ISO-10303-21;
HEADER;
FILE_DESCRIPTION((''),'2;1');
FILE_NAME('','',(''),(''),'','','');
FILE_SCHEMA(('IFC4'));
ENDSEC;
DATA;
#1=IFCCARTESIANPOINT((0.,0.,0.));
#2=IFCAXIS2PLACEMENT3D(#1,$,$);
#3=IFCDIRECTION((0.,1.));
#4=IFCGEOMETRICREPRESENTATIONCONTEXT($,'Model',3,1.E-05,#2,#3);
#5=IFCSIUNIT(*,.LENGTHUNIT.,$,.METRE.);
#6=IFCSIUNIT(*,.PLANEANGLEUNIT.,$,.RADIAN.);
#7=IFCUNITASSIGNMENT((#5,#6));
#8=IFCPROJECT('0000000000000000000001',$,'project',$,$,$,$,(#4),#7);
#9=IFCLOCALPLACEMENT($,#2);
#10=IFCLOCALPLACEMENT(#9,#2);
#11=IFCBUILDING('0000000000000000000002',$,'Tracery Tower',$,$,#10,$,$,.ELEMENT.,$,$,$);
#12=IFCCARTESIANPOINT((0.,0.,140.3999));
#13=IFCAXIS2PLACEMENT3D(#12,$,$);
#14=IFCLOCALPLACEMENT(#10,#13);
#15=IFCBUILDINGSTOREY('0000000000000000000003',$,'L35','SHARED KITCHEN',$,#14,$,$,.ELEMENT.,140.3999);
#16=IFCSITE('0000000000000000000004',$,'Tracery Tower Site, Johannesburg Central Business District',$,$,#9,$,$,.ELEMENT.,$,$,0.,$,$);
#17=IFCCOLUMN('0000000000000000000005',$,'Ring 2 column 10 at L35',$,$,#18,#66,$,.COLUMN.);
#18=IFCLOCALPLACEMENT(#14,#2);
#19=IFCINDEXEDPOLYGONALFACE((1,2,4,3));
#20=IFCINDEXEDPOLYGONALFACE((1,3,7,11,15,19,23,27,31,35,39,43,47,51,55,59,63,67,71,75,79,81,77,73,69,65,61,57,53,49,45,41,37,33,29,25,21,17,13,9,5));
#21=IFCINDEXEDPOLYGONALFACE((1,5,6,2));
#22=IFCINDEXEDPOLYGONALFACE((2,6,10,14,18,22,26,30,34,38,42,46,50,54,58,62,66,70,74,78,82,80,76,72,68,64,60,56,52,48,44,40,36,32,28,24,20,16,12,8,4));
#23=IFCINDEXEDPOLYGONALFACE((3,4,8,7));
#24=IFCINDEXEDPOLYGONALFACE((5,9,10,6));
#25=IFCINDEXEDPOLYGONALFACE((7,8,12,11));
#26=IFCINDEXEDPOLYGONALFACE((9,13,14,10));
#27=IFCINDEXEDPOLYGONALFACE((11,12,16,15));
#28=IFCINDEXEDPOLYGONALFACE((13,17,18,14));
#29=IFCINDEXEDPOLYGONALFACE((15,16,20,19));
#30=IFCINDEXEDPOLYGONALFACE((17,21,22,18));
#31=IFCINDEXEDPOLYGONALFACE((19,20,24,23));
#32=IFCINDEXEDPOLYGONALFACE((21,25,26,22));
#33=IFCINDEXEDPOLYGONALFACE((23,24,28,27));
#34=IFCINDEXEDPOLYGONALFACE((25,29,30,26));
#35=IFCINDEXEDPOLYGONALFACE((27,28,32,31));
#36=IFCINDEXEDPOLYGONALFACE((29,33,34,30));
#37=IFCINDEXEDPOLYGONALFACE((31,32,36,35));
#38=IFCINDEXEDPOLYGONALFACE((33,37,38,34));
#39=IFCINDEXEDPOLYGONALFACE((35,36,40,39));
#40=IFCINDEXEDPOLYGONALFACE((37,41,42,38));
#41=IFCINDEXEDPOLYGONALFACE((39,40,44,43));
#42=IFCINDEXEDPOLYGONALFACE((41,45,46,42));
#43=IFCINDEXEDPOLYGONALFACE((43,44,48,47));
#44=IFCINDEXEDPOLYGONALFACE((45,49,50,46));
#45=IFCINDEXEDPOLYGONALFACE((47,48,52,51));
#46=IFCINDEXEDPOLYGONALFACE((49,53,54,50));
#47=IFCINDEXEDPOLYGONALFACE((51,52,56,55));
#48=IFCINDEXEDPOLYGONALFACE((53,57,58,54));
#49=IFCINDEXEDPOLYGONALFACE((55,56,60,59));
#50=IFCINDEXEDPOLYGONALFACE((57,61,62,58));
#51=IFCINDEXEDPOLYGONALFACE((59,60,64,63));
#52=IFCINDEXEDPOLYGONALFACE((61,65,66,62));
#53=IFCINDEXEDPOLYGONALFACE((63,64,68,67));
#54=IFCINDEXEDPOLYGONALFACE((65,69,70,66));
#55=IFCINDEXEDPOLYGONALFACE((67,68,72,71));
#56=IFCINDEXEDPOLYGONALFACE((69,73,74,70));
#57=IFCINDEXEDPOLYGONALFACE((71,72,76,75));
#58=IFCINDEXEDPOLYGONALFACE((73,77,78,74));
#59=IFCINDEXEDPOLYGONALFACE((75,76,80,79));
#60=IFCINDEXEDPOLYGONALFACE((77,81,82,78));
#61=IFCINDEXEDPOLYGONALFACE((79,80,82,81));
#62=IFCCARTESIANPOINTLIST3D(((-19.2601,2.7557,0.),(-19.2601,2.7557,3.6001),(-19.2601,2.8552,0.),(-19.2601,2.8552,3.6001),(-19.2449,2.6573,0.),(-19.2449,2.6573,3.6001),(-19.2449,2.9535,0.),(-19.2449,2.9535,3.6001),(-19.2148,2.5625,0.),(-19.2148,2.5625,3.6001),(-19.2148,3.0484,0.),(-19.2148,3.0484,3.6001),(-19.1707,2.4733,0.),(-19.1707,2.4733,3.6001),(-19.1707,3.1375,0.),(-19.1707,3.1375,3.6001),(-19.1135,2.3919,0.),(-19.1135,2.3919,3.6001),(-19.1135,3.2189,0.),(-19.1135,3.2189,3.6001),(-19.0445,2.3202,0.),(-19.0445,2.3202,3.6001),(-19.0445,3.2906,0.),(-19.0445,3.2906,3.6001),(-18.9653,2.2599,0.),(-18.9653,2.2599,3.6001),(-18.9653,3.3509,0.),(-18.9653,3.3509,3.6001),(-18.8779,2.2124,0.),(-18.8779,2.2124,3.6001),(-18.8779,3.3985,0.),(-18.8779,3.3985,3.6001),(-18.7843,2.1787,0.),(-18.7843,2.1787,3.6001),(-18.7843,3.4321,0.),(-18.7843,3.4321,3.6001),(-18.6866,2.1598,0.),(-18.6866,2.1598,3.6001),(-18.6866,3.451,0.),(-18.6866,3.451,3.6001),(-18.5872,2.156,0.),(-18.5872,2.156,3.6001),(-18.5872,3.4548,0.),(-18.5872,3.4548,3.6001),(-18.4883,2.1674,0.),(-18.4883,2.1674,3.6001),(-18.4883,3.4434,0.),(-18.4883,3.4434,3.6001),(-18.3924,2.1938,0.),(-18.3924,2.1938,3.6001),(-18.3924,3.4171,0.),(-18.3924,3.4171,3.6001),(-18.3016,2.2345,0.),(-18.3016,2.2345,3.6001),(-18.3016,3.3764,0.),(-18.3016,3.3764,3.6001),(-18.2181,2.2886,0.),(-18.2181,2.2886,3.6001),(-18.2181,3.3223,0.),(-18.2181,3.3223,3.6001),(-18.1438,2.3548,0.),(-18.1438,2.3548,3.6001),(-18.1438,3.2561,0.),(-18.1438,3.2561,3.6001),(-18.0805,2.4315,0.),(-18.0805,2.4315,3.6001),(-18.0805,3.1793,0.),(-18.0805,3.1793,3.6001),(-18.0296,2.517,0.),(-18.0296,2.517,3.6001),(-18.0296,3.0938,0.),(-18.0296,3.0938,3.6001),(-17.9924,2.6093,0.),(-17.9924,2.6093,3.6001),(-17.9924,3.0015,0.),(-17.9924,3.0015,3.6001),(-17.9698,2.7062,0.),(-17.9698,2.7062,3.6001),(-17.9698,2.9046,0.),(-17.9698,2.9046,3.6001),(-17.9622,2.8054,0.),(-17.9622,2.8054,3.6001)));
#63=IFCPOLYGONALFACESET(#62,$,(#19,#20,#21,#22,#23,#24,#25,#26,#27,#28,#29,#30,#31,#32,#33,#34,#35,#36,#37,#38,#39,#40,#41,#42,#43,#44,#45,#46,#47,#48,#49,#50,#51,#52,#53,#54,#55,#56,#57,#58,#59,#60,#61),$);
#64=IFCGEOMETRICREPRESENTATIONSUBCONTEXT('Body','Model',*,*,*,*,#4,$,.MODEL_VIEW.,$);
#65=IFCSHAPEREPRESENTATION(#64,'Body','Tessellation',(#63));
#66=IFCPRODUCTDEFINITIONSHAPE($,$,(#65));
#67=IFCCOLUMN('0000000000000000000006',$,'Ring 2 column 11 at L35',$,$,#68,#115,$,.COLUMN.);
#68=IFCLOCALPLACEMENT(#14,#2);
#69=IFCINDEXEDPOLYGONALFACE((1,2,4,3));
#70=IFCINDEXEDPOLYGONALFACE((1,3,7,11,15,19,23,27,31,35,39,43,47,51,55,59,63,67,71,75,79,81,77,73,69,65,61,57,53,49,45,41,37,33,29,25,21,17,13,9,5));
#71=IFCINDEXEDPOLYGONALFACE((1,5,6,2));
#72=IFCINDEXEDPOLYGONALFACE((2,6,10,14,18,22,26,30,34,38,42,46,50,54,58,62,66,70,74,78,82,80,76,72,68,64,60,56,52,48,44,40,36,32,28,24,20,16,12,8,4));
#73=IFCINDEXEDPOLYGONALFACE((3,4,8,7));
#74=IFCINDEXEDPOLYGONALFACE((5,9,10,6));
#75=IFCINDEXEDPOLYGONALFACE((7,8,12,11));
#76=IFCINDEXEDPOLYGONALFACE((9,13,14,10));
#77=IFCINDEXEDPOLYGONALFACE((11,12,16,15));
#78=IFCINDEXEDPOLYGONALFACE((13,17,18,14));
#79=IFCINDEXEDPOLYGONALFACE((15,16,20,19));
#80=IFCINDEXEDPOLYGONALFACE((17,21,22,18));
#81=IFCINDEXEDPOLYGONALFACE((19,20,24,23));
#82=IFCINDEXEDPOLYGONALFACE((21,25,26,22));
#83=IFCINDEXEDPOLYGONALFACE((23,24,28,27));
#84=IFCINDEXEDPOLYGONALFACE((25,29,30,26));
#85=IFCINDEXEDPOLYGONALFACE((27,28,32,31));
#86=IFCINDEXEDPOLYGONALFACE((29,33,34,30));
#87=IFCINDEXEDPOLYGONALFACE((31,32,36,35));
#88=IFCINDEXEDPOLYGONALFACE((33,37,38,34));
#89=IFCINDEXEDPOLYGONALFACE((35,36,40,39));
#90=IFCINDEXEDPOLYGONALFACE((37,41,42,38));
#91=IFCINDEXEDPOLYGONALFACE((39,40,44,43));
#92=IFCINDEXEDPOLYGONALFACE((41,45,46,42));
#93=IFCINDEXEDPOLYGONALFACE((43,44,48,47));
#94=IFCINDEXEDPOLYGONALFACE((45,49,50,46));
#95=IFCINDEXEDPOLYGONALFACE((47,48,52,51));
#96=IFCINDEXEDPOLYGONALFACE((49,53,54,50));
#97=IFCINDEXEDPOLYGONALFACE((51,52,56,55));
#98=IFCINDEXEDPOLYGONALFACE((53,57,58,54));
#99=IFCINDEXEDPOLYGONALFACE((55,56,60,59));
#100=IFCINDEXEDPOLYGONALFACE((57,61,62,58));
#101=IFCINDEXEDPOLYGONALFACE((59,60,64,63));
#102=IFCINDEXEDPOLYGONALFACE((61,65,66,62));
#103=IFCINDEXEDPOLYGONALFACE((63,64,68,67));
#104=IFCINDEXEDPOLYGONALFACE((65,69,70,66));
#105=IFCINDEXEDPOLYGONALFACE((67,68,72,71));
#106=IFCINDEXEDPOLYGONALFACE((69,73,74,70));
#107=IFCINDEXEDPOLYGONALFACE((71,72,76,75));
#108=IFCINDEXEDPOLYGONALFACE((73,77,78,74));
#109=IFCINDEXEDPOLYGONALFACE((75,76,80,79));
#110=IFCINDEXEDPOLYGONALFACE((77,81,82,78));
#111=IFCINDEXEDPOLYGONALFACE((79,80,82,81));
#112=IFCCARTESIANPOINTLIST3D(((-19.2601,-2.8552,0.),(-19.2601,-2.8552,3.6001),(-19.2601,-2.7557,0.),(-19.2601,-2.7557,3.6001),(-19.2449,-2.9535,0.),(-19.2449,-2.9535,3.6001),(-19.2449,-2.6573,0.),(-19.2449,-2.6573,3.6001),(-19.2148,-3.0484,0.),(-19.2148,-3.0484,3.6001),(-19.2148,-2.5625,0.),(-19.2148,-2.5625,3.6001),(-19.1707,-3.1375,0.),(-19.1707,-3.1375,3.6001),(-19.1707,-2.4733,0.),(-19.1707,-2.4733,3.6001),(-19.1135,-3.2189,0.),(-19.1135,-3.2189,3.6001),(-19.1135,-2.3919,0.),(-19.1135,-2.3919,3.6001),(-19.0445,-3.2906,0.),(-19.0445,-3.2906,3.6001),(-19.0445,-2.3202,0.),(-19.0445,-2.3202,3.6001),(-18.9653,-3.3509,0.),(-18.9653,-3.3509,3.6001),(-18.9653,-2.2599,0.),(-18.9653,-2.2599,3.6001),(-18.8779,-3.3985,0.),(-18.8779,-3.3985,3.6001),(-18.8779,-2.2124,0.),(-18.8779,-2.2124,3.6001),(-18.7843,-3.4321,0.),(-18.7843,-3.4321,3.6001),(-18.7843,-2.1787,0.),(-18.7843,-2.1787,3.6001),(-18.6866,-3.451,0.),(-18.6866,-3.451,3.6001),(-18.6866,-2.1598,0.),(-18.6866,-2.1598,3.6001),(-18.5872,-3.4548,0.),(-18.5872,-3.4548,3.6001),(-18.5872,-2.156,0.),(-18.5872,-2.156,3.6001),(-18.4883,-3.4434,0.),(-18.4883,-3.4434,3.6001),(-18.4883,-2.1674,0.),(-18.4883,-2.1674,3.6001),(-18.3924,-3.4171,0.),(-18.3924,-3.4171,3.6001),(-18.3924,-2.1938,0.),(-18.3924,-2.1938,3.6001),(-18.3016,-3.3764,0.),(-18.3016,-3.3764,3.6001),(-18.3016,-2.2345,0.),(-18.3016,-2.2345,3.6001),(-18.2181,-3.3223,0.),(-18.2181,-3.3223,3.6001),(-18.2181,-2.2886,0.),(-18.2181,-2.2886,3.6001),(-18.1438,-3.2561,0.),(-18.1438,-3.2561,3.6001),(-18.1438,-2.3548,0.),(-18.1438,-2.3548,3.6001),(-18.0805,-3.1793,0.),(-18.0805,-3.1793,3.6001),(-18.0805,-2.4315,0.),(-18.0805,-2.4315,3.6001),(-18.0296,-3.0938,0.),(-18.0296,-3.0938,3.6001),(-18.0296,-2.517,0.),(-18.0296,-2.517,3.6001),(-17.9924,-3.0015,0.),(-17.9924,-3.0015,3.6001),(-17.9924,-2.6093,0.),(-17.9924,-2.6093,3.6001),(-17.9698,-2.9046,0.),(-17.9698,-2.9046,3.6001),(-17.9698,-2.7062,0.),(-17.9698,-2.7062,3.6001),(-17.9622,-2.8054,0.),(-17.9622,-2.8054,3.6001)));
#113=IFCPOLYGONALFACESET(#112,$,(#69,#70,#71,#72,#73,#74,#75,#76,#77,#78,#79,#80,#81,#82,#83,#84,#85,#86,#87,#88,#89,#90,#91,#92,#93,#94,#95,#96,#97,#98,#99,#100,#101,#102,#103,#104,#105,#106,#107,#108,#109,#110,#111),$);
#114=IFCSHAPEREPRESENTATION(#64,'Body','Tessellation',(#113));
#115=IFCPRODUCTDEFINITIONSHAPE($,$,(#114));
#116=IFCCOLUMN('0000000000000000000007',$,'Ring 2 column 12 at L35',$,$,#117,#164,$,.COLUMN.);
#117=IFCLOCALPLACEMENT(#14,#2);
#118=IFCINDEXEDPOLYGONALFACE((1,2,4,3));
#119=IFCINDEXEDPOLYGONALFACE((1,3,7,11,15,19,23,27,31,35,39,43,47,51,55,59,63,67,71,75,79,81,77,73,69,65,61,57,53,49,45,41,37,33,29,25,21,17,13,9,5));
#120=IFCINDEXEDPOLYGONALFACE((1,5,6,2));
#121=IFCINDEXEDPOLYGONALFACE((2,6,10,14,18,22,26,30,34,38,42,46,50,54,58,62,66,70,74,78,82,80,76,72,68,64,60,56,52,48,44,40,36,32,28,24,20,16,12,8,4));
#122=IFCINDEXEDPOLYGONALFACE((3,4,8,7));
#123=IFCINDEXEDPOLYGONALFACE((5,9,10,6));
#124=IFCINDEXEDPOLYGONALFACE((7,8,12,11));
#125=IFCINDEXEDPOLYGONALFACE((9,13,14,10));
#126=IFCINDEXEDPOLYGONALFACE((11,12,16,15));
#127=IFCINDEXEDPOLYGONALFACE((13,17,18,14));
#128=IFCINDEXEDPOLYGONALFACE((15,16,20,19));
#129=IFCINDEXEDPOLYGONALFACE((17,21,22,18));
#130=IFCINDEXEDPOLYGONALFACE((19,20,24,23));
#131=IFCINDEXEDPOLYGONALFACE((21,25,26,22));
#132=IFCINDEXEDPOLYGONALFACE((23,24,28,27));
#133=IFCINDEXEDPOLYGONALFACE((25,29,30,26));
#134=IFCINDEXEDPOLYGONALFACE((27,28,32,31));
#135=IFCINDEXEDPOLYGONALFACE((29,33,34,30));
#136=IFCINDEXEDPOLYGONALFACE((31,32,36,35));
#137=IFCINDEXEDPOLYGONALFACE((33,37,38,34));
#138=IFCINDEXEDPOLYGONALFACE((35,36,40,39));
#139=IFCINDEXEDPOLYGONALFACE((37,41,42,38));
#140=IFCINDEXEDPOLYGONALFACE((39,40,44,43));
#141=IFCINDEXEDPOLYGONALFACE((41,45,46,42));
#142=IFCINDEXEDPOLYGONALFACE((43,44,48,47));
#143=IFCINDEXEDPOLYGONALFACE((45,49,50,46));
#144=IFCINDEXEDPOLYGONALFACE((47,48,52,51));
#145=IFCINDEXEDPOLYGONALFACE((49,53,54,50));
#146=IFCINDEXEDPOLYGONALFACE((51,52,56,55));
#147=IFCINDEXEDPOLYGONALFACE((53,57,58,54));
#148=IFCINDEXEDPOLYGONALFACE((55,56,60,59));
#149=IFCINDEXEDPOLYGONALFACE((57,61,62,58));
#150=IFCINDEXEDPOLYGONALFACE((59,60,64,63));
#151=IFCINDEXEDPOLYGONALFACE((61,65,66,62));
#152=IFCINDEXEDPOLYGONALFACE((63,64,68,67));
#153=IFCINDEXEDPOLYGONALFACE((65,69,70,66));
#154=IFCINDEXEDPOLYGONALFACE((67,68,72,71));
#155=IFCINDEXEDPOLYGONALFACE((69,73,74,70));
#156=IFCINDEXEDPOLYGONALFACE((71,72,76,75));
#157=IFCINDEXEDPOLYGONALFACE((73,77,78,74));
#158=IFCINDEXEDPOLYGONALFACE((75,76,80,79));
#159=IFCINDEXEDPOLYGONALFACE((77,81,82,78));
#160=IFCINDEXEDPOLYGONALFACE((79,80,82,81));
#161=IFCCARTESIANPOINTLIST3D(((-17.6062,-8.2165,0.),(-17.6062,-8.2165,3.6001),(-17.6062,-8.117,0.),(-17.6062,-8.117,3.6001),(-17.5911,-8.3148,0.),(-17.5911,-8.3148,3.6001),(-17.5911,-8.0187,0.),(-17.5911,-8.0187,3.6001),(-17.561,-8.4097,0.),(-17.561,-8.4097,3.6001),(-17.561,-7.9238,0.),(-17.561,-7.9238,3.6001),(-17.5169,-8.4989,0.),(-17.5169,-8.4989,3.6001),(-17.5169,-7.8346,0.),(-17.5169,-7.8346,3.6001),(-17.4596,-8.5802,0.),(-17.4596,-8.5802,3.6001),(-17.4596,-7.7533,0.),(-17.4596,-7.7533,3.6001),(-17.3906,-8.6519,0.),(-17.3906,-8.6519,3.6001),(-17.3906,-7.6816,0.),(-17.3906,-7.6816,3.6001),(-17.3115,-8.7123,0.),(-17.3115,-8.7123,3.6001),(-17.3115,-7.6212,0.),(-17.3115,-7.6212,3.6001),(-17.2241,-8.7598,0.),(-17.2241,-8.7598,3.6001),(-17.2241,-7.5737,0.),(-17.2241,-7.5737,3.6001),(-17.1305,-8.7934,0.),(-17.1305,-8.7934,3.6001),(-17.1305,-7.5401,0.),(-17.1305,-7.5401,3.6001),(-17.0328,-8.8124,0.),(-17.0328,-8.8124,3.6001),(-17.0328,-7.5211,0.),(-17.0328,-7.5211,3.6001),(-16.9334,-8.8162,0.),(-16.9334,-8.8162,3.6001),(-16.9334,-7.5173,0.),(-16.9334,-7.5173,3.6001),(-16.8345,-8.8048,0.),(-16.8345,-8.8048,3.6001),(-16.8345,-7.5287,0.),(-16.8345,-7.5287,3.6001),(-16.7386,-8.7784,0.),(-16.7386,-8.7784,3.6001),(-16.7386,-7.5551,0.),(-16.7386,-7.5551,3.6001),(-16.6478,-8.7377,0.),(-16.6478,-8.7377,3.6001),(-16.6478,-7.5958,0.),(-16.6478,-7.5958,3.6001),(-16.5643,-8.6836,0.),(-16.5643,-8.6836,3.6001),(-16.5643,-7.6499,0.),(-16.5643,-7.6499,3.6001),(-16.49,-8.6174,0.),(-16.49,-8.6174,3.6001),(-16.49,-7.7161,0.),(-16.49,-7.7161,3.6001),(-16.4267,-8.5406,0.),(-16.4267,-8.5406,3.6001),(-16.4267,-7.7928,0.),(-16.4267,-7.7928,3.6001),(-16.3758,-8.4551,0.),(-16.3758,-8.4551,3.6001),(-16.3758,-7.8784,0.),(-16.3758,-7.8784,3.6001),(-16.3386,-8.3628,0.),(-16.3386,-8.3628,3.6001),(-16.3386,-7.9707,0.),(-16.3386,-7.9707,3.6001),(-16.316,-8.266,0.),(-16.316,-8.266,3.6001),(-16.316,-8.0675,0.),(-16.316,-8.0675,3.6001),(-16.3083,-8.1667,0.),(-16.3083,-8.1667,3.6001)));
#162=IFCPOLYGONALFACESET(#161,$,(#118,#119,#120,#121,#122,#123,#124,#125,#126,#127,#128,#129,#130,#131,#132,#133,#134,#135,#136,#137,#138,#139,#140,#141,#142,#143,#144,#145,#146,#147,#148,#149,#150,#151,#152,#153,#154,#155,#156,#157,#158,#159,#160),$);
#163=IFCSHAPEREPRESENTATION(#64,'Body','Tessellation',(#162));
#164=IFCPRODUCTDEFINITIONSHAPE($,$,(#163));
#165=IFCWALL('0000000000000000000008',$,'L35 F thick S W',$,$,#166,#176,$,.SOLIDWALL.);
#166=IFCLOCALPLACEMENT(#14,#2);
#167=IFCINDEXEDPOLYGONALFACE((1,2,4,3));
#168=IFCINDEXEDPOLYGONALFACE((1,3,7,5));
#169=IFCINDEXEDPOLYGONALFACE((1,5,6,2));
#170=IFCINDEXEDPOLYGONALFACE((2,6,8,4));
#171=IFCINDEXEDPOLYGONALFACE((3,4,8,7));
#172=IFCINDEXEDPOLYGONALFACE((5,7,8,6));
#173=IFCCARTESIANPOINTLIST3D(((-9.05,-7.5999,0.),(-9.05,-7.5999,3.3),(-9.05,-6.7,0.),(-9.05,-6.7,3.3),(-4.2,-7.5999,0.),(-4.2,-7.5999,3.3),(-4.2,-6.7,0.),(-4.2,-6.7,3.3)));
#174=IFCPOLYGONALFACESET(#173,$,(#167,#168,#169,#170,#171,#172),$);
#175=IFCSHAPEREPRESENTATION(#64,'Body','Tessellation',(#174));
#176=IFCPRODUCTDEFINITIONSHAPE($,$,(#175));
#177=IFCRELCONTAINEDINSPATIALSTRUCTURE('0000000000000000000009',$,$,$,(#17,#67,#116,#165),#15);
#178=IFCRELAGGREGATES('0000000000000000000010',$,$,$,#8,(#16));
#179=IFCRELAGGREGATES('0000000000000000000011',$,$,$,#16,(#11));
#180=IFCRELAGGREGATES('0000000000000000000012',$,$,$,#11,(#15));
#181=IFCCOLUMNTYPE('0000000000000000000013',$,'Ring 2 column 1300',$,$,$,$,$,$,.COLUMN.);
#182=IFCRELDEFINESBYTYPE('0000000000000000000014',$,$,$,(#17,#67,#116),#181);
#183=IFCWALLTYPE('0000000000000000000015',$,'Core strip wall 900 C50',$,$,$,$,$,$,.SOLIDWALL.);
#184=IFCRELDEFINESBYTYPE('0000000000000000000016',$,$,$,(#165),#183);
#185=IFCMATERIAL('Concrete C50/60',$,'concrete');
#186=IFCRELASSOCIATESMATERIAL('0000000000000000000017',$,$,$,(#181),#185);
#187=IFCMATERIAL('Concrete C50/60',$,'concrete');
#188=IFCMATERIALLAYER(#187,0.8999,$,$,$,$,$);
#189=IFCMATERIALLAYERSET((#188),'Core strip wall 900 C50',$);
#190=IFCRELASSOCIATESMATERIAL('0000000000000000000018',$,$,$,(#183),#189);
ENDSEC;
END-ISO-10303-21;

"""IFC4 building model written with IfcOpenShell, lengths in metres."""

from ifc_helpers import new_model, si_unit, direction, frame, frame_2d, origin, origin_2d, place, context, subcontext, project, spatial, rectangle, circle, extrude, material, layer, layer_set, material_profile, profile_set, type_object, element, save


model = new_model("IFC4")

# Units and contexts
model_context = context("Model", 3, precision=1e-05, world=origin(), true_north=direction((0.0, 1.0)))
body_context = subcontext(model_context, "Body", "Model", "MODEL_VIEW")
ifc_project = project(units=[si_unit("LENGTHUNIT", "METRE"), si_unit("PLANEANGLEUNIT", "RADIAN")], contexts=[model_context])

# Site, building, storey
site_placement = place(None, origin())
site = spatial("IfcSite", under=ifc_project, at=site_placement, Name="Tracery Tower Site, Johannesburg Central Business District", CompositionType="ELEMENT", RefElevation=0.0)
building_placement = place(site_placement, origin())
building = spatial("IfcBuilding", under=site, at=building_placement, Name="Tracery Tower", CompositionType="ELEMENT")
storey_placement = place(building_placement, frame((0.0, 0.0, 140.3999)))
storey = spatial("IfcBuildingStorey", under=building, at=storey_placement, Name="L35", Description="SHARED KITCHEN", CompositionType="ELEMENT", Elevation=140.3999)

# Columns
ifc_material_1 = material(Name="Concrete C50/60", Category="concrete")
ifc_material_profile = material_profile(ifc_material_1, circle(Radius=0.6499, at=origin_2d()), Name="RC D1300")
ifc_profile_set = profile_set([ifc_material_profile], Name="Concrete C50/60")
column_type = type_object("IfcColumnType", Name="Ring 2 column 1300", PredefinedType="COLUMN", material=ifc_profile_set)
for number, where, z_axis, x_axis, name in (
    (1, (-18.6121, 2.8054, 0.0), (0.0, 0.0, 1.0), (1.0, 0.0, 0.0), "Ring 2 column 10 at L35"),
    (2, (-18.6121, -2.8054, 0.0), (0.0, 0.0, 1.0), (1.0, 0.0, 0.0), "Ring 2 column 11 at L35"),
    (3, (-16.9583, -8.1667, 0.0), (0.0, 0.0, 1.0), (1.0, 0.0, 0.0), "Ring 2 column 12 at L35"),
):
    element("IfcColumn", number, at=place(storey_placement, frame(where, z_axis=z_axis, x_axis=x_axis)), inside=storey, type_object=column_type, Name=name, PredefinedType="COLUMN", context=body_context, shape_type="SweptSolid", body=[
        extrude(circle(Radius=0.6499, at=origin_2d()), origin(), (0.0, 0.0, 1.0), 3.6001),
    ])

# Wall
ifc_material_2 = material(Name="Concrete C50/60", Category="concrete")
ifc_layer_1 = layer(ifc_material_2, 0.8999)
ifc_layer_set_1 = layer_set([ifc_layer_1], Name="Core strip wall 900 C50")
wall_type_1 = type_object("IfcWallType", Name="Core strip wall 900 C50", PredefinedType="SOLIDWALL", material=ifc_layer_set_1)
wall_1_placement = place(storey_placement, frame((-9.05, -7.1499, 0.0), z_axis=(0.0, 0.0, 1.0), x_axis=(1.0, 0.0, 0.0)))
element("IfcWall", 4, at=wall_1_placement, inside=storey, type_object=wall_type_1, Name="L35 F thick S W", PredefinedType="SOLIDWALL", context=body_context, shape_type="SweptSolid", body=[
    extrude(rectangle(XDim=4.8501, YDim=0.8999, at=frame_2d((2.425, 0.0))), origin(), (0.0, 0.0, 1.0), 3.3),
])

save(model, "model.ifc")
